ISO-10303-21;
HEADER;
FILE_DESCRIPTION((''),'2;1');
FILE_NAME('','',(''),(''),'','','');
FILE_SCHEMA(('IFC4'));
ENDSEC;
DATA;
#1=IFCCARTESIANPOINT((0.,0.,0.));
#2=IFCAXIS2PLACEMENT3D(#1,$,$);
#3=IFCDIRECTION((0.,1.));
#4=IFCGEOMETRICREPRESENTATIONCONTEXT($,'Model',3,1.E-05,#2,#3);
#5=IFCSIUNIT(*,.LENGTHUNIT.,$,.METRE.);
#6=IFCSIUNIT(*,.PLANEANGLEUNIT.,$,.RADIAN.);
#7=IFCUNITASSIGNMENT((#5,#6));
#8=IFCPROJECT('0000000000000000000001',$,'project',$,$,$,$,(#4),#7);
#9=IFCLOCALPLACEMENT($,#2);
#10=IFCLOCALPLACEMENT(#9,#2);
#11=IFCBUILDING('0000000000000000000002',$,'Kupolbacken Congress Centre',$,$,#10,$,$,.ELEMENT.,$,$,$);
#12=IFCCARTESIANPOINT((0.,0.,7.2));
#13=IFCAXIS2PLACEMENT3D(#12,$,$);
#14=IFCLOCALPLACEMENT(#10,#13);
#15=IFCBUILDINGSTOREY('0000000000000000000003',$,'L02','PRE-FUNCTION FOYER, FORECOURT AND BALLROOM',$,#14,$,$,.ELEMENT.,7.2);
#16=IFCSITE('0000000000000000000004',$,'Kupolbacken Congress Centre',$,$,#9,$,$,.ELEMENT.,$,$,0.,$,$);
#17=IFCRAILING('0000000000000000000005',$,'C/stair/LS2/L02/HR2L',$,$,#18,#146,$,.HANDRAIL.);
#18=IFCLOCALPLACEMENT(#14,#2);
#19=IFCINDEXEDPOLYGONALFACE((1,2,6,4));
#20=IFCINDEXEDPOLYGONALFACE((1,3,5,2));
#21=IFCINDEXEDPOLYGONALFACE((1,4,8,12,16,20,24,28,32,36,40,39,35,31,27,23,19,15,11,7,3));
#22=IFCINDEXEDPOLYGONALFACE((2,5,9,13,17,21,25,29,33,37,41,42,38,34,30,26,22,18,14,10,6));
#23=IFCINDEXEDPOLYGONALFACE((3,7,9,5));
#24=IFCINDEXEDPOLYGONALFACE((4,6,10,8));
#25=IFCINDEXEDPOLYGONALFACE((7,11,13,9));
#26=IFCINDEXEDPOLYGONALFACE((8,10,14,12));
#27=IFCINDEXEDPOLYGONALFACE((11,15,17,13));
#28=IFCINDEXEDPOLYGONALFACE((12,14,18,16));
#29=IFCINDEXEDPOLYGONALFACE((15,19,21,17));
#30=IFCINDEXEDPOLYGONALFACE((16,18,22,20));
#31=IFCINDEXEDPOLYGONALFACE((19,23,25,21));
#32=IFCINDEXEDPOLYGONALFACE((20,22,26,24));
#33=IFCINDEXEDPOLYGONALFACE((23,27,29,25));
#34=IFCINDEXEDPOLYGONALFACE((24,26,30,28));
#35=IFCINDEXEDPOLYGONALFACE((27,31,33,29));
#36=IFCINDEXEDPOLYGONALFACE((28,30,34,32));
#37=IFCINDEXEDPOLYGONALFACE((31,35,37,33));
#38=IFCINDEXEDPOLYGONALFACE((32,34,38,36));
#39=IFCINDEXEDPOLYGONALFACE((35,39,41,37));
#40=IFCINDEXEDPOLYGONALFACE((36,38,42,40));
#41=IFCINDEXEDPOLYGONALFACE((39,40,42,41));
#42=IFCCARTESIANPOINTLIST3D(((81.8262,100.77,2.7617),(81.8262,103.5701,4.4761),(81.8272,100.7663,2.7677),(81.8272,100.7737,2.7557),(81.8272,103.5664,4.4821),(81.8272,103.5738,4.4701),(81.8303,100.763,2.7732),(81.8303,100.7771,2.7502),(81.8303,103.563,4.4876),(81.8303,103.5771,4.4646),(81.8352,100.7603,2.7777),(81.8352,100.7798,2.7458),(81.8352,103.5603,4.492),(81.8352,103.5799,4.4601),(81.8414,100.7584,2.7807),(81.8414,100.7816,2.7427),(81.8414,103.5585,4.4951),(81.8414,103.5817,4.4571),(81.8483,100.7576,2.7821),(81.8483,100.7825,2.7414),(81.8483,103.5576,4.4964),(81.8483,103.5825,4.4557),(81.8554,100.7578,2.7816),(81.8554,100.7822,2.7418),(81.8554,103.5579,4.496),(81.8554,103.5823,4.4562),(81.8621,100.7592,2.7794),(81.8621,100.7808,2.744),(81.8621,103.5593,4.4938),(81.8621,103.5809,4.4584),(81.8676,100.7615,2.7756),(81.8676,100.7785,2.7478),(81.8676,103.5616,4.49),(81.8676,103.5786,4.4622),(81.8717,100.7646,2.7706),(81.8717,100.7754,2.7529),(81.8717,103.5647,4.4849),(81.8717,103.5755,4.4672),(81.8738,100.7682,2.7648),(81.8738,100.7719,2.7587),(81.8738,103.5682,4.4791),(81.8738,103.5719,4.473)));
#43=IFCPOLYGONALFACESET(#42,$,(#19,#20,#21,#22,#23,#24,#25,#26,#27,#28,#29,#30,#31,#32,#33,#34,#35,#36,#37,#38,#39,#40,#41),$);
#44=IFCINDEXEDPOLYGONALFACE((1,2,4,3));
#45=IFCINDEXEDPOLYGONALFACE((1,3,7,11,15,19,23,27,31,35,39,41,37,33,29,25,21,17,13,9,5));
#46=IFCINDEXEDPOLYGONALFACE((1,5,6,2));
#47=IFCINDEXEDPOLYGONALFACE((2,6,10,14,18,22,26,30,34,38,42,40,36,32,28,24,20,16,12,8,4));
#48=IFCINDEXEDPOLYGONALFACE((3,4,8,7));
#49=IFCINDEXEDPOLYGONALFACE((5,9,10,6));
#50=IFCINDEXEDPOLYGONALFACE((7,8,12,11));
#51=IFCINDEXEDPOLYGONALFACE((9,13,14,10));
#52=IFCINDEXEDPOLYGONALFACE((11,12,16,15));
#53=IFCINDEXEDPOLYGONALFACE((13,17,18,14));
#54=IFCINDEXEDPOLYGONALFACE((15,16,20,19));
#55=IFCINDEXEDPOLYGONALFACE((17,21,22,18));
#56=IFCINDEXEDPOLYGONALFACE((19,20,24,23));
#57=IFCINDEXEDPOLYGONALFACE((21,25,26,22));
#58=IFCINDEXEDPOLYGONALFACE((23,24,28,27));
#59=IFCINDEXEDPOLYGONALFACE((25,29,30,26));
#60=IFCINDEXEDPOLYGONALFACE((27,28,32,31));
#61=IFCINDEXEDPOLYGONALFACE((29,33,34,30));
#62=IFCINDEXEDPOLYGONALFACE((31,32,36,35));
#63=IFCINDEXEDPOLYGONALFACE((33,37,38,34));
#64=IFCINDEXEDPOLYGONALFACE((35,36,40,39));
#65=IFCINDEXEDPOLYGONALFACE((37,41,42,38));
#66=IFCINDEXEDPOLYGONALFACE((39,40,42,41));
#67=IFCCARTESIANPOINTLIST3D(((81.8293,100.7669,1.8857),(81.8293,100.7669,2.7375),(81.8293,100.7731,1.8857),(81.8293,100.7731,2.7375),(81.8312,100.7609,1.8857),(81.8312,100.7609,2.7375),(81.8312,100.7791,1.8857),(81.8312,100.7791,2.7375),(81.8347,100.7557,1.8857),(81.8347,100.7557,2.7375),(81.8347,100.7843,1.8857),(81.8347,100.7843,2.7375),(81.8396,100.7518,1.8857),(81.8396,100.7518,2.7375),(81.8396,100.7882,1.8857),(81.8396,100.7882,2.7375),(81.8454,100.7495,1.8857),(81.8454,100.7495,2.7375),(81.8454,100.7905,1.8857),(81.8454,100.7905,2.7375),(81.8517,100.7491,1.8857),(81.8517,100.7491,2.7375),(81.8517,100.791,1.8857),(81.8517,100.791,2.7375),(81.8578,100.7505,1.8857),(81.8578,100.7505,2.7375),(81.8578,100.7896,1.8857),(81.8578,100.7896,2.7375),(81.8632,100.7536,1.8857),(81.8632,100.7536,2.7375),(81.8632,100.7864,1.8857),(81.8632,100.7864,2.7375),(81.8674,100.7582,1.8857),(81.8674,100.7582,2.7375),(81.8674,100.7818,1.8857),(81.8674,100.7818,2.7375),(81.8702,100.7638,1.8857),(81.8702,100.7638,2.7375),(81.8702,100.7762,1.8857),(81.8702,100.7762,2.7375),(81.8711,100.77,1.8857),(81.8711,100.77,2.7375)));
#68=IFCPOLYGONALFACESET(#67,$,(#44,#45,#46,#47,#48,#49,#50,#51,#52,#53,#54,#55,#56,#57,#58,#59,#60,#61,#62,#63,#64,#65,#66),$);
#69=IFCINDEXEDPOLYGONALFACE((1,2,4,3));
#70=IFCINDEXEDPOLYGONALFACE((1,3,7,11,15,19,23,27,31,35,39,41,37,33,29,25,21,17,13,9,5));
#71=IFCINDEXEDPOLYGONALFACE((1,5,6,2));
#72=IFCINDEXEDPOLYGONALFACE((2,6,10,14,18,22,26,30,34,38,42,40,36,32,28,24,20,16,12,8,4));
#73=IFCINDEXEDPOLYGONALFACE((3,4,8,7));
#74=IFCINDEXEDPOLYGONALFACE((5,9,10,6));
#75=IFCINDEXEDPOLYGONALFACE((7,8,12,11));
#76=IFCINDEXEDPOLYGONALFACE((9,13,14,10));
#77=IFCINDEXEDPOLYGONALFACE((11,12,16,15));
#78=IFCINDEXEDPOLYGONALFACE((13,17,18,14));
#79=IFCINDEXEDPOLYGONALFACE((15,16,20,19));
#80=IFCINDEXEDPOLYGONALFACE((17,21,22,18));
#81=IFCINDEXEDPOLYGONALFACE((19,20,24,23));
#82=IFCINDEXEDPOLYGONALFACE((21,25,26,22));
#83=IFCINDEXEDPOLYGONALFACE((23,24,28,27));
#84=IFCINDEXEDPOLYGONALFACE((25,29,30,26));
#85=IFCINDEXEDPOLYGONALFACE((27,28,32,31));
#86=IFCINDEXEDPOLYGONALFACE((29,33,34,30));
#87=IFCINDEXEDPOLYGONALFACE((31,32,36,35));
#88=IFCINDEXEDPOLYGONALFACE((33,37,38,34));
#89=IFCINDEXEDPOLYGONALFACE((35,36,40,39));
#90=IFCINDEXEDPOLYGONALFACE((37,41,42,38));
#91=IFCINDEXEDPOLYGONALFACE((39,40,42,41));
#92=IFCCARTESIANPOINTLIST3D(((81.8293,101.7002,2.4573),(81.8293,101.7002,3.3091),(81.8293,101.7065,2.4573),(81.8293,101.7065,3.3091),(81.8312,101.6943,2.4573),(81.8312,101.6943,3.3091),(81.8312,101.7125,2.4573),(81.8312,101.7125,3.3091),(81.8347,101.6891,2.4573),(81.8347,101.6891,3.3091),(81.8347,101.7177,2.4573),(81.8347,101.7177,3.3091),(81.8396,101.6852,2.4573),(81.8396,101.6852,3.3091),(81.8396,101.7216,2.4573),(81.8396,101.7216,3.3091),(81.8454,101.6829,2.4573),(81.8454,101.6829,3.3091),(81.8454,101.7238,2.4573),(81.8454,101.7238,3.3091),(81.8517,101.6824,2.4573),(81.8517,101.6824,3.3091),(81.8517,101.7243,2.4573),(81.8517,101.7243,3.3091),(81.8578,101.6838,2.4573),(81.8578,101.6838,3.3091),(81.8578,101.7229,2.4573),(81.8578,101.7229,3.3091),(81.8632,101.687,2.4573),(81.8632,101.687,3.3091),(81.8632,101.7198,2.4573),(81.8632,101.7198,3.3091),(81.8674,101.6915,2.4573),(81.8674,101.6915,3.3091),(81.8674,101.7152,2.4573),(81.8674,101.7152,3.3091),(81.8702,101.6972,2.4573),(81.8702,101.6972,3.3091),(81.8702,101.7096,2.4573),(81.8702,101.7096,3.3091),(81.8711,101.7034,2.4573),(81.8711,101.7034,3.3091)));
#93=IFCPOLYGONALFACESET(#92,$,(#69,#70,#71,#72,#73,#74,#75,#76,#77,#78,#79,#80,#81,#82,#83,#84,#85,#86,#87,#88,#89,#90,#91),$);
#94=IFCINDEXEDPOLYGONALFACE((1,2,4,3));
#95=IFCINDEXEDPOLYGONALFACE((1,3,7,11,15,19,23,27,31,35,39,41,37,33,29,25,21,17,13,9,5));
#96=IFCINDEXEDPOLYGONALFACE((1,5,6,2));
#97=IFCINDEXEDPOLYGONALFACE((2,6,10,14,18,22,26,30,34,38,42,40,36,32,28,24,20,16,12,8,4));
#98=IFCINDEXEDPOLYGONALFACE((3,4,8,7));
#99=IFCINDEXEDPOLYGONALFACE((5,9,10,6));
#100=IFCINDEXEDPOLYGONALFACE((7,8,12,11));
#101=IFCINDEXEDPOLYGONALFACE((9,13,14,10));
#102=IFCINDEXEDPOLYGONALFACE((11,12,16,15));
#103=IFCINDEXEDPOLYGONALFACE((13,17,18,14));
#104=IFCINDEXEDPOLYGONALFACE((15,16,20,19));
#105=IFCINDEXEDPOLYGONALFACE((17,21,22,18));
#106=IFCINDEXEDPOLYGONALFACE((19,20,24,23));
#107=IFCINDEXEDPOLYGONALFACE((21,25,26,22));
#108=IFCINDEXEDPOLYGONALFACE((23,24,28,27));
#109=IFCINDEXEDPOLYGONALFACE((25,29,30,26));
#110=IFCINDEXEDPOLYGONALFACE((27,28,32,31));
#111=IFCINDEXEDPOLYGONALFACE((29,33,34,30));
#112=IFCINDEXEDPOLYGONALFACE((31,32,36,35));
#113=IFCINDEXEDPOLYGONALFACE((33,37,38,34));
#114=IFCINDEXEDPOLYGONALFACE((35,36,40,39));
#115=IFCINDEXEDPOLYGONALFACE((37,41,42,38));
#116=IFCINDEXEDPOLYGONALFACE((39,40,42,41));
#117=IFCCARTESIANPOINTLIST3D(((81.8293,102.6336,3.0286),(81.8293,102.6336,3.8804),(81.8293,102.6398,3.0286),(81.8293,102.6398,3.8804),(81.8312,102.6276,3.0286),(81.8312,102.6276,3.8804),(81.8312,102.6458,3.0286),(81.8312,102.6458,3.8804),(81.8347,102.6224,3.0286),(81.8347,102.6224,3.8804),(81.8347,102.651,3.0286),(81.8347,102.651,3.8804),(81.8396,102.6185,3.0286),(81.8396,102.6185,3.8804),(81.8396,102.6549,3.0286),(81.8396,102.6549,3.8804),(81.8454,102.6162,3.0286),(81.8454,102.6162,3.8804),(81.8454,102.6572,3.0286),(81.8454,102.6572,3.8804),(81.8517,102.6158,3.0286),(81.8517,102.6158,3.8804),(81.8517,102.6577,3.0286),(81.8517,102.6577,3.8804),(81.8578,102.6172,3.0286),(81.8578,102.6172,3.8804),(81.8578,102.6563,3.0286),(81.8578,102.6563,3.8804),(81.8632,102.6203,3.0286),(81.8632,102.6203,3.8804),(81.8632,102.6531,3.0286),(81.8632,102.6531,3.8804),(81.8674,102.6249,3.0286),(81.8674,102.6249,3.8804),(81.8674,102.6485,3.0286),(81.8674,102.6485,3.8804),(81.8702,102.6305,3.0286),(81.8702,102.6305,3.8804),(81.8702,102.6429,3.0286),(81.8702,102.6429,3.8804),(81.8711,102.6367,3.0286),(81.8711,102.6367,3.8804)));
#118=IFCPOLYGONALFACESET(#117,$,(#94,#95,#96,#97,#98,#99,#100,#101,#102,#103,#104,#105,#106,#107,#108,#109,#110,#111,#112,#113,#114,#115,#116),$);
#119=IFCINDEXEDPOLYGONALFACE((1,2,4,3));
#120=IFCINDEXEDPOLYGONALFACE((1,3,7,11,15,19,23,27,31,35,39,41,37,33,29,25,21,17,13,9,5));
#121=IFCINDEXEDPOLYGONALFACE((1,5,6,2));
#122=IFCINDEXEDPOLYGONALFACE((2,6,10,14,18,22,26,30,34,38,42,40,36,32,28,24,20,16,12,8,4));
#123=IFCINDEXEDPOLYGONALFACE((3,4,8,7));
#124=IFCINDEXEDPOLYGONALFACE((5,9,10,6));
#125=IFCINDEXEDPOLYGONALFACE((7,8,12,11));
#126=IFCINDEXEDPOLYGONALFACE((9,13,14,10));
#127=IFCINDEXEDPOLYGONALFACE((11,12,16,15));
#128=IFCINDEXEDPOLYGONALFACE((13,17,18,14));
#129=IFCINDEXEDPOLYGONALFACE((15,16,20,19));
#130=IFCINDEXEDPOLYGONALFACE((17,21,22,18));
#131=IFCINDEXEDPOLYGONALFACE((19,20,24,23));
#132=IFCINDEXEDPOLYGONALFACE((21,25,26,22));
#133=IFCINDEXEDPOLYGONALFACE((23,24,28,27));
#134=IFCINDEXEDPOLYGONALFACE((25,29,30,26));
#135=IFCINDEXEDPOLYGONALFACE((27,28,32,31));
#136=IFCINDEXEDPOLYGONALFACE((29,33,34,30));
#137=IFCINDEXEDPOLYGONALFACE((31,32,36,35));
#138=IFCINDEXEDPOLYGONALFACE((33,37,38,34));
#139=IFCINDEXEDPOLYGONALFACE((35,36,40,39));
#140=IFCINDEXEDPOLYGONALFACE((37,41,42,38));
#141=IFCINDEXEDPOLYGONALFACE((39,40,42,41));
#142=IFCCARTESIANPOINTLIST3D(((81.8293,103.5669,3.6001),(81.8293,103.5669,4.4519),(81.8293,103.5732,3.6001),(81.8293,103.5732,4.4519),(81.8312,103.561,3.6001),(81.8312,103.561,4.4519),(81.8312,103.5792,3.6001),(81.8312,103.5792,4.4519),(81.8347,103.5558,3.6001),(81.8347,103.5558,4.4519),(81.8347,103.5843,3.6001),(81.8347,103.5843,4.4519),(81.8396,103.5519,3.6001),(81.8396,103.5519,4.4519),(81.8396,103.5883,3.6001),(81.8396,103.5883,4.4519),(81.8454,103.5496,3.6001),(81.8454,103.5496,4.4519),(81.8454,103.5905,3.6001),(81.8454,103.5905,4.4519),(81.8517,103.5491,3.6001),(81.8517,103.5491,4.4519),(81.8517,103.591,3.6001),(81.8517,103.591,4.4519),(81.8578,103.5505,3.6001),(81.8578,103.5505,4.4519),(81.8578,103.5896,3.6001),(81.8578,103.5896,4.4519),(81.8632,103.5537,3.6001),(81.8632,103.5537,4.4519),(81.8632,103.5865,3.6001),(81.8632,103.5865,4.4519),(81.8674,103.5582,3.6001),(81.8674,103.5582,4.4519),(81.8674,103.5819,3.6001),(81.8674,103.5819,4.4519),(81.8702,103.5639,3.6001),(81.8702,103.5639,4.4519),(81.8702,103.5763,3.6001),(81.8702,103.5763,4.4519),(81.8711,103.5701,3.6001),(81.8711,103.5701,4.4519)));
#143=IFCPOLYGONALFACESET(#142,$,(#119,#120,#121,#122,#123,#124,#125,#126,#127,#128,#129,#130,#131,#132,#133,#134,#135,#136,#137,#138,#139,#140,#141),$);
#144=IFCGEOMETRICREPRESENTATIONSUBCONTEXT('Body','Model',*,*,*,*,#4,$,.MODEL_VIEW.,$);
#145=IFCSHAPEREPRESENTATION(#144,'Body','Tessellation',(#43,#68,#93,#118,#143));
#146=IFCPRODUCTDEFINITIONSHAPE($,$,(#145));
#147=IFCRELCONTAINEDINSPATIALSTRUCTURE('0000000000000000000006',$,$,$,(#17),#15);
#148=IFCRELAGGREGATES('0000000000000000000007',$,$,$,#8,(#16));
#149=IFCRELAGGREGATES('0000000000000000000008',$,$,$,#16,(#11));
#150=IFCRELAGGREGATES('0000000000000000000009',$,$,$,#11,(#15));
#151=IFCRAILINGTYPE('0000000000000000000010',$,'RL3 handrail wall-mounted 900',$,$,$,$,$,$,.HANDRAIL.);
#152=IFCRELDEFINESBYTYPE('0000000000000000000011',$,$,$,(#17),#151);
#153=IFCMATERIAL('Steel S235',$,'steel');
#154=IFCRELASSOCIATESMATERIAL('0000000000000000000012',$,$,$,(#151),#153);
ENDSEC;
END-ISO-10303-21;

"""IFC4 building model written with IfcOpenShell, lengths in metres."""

from ifc_helpers import new_model, si_unit, direction, frame, origin, origin_2d, place, context, subcontext, project, spatial, circle, extrude, material, type_object, element, save


model = new_model("IFC4")

# Units and contexts
model_context = context("Model", 3, precision=1e-05, world=origin(), true_north=direction((0.0, 1.0)))
body_context = subcontext(model_context, "Body", "Model", "MODEL_VIEW")
ifc_project = project(units=[si_unit("LENGTHUNIT", "METRE"), si_unit("PLANEANGLEUNIT", "RADIAN")], contexts=[model_context])

# Site, building, storey
site_placement = place(None, origin())
site = spatial("IfcSite", under=ifc_project, at=site_placement, Name="Kupolbacken Congress Centre", CompositionType="ELEMENT", RefElevation=0.0)
building_placement = place(site_placement, origin())
building = spatial("IfcBuilding", under=site, at=building_placement, Name="Kupolbacken Congress Centre", CompositionType="ELEMENT")
storey_placement = place(building_placement, frame((0.0, 0.0, 7.2)))
storey = spatial("IfcBuildingStorey", under=building, at=storey_placement, Name="L02", Description="PRE-FUNCTION FOYER, FORECOURT AND BALLROOM", CompositionType="ELEMENT", Elevation=7.2)

# Railing
ifc_material_1 = material(Name="Steel S235", Category="steel")
railing_type = type_object("IfcRailingType", Name="RL3 handrail wall-mounted 900", PredefinedType="HANDRAIL", material=ifc_material_1)
for number, where, name in (
    (1, (81.8501, 100.77, 1.8857), "C/stair/LS2/L02/HR2L"),
):
    element("IfcRailing", number, at=place(storey_placement, frame(where)), inside=storey, type_object=railing_type, Name=name, PredefinedType="HANDRAIL", context=body_context, shape_type="SweptSolid", body=[
        extrude(circle(Radius=0.0239, at=origin_2d()), frame((0.0, 0.0, 0.876), z_axis=(0.0, 0.852846, 0.522163), x_axis=(-1.0, 0.0, 0.0)), (0.0, 0.0, 1.0), 3.2832),
        extrude(circle(Radius=0.021, at=origin_2d()), origin(), (0.0, 0.0, 1.0), 0.8518),
        extrude(circle(Radius=0.021, at=origin_2d()), frame((0.0, 0.9333, 0.5715)), (0.0, 0.0, 1.0), 0.8518),
        extrude(circle(Radius=0.021, at=origin_2d()), frame((0.0, 1.8667, 1.1428)), (0.0, 0.0, 1.0), 0.8518),
        extrude(circle(Radius=0.021, at=origin_2d()), frame((0.0, 2.8, 1.7144)), (0.0, 0.0, 1.0), 0.8518),
    ])

save(model, "model.ifc")
